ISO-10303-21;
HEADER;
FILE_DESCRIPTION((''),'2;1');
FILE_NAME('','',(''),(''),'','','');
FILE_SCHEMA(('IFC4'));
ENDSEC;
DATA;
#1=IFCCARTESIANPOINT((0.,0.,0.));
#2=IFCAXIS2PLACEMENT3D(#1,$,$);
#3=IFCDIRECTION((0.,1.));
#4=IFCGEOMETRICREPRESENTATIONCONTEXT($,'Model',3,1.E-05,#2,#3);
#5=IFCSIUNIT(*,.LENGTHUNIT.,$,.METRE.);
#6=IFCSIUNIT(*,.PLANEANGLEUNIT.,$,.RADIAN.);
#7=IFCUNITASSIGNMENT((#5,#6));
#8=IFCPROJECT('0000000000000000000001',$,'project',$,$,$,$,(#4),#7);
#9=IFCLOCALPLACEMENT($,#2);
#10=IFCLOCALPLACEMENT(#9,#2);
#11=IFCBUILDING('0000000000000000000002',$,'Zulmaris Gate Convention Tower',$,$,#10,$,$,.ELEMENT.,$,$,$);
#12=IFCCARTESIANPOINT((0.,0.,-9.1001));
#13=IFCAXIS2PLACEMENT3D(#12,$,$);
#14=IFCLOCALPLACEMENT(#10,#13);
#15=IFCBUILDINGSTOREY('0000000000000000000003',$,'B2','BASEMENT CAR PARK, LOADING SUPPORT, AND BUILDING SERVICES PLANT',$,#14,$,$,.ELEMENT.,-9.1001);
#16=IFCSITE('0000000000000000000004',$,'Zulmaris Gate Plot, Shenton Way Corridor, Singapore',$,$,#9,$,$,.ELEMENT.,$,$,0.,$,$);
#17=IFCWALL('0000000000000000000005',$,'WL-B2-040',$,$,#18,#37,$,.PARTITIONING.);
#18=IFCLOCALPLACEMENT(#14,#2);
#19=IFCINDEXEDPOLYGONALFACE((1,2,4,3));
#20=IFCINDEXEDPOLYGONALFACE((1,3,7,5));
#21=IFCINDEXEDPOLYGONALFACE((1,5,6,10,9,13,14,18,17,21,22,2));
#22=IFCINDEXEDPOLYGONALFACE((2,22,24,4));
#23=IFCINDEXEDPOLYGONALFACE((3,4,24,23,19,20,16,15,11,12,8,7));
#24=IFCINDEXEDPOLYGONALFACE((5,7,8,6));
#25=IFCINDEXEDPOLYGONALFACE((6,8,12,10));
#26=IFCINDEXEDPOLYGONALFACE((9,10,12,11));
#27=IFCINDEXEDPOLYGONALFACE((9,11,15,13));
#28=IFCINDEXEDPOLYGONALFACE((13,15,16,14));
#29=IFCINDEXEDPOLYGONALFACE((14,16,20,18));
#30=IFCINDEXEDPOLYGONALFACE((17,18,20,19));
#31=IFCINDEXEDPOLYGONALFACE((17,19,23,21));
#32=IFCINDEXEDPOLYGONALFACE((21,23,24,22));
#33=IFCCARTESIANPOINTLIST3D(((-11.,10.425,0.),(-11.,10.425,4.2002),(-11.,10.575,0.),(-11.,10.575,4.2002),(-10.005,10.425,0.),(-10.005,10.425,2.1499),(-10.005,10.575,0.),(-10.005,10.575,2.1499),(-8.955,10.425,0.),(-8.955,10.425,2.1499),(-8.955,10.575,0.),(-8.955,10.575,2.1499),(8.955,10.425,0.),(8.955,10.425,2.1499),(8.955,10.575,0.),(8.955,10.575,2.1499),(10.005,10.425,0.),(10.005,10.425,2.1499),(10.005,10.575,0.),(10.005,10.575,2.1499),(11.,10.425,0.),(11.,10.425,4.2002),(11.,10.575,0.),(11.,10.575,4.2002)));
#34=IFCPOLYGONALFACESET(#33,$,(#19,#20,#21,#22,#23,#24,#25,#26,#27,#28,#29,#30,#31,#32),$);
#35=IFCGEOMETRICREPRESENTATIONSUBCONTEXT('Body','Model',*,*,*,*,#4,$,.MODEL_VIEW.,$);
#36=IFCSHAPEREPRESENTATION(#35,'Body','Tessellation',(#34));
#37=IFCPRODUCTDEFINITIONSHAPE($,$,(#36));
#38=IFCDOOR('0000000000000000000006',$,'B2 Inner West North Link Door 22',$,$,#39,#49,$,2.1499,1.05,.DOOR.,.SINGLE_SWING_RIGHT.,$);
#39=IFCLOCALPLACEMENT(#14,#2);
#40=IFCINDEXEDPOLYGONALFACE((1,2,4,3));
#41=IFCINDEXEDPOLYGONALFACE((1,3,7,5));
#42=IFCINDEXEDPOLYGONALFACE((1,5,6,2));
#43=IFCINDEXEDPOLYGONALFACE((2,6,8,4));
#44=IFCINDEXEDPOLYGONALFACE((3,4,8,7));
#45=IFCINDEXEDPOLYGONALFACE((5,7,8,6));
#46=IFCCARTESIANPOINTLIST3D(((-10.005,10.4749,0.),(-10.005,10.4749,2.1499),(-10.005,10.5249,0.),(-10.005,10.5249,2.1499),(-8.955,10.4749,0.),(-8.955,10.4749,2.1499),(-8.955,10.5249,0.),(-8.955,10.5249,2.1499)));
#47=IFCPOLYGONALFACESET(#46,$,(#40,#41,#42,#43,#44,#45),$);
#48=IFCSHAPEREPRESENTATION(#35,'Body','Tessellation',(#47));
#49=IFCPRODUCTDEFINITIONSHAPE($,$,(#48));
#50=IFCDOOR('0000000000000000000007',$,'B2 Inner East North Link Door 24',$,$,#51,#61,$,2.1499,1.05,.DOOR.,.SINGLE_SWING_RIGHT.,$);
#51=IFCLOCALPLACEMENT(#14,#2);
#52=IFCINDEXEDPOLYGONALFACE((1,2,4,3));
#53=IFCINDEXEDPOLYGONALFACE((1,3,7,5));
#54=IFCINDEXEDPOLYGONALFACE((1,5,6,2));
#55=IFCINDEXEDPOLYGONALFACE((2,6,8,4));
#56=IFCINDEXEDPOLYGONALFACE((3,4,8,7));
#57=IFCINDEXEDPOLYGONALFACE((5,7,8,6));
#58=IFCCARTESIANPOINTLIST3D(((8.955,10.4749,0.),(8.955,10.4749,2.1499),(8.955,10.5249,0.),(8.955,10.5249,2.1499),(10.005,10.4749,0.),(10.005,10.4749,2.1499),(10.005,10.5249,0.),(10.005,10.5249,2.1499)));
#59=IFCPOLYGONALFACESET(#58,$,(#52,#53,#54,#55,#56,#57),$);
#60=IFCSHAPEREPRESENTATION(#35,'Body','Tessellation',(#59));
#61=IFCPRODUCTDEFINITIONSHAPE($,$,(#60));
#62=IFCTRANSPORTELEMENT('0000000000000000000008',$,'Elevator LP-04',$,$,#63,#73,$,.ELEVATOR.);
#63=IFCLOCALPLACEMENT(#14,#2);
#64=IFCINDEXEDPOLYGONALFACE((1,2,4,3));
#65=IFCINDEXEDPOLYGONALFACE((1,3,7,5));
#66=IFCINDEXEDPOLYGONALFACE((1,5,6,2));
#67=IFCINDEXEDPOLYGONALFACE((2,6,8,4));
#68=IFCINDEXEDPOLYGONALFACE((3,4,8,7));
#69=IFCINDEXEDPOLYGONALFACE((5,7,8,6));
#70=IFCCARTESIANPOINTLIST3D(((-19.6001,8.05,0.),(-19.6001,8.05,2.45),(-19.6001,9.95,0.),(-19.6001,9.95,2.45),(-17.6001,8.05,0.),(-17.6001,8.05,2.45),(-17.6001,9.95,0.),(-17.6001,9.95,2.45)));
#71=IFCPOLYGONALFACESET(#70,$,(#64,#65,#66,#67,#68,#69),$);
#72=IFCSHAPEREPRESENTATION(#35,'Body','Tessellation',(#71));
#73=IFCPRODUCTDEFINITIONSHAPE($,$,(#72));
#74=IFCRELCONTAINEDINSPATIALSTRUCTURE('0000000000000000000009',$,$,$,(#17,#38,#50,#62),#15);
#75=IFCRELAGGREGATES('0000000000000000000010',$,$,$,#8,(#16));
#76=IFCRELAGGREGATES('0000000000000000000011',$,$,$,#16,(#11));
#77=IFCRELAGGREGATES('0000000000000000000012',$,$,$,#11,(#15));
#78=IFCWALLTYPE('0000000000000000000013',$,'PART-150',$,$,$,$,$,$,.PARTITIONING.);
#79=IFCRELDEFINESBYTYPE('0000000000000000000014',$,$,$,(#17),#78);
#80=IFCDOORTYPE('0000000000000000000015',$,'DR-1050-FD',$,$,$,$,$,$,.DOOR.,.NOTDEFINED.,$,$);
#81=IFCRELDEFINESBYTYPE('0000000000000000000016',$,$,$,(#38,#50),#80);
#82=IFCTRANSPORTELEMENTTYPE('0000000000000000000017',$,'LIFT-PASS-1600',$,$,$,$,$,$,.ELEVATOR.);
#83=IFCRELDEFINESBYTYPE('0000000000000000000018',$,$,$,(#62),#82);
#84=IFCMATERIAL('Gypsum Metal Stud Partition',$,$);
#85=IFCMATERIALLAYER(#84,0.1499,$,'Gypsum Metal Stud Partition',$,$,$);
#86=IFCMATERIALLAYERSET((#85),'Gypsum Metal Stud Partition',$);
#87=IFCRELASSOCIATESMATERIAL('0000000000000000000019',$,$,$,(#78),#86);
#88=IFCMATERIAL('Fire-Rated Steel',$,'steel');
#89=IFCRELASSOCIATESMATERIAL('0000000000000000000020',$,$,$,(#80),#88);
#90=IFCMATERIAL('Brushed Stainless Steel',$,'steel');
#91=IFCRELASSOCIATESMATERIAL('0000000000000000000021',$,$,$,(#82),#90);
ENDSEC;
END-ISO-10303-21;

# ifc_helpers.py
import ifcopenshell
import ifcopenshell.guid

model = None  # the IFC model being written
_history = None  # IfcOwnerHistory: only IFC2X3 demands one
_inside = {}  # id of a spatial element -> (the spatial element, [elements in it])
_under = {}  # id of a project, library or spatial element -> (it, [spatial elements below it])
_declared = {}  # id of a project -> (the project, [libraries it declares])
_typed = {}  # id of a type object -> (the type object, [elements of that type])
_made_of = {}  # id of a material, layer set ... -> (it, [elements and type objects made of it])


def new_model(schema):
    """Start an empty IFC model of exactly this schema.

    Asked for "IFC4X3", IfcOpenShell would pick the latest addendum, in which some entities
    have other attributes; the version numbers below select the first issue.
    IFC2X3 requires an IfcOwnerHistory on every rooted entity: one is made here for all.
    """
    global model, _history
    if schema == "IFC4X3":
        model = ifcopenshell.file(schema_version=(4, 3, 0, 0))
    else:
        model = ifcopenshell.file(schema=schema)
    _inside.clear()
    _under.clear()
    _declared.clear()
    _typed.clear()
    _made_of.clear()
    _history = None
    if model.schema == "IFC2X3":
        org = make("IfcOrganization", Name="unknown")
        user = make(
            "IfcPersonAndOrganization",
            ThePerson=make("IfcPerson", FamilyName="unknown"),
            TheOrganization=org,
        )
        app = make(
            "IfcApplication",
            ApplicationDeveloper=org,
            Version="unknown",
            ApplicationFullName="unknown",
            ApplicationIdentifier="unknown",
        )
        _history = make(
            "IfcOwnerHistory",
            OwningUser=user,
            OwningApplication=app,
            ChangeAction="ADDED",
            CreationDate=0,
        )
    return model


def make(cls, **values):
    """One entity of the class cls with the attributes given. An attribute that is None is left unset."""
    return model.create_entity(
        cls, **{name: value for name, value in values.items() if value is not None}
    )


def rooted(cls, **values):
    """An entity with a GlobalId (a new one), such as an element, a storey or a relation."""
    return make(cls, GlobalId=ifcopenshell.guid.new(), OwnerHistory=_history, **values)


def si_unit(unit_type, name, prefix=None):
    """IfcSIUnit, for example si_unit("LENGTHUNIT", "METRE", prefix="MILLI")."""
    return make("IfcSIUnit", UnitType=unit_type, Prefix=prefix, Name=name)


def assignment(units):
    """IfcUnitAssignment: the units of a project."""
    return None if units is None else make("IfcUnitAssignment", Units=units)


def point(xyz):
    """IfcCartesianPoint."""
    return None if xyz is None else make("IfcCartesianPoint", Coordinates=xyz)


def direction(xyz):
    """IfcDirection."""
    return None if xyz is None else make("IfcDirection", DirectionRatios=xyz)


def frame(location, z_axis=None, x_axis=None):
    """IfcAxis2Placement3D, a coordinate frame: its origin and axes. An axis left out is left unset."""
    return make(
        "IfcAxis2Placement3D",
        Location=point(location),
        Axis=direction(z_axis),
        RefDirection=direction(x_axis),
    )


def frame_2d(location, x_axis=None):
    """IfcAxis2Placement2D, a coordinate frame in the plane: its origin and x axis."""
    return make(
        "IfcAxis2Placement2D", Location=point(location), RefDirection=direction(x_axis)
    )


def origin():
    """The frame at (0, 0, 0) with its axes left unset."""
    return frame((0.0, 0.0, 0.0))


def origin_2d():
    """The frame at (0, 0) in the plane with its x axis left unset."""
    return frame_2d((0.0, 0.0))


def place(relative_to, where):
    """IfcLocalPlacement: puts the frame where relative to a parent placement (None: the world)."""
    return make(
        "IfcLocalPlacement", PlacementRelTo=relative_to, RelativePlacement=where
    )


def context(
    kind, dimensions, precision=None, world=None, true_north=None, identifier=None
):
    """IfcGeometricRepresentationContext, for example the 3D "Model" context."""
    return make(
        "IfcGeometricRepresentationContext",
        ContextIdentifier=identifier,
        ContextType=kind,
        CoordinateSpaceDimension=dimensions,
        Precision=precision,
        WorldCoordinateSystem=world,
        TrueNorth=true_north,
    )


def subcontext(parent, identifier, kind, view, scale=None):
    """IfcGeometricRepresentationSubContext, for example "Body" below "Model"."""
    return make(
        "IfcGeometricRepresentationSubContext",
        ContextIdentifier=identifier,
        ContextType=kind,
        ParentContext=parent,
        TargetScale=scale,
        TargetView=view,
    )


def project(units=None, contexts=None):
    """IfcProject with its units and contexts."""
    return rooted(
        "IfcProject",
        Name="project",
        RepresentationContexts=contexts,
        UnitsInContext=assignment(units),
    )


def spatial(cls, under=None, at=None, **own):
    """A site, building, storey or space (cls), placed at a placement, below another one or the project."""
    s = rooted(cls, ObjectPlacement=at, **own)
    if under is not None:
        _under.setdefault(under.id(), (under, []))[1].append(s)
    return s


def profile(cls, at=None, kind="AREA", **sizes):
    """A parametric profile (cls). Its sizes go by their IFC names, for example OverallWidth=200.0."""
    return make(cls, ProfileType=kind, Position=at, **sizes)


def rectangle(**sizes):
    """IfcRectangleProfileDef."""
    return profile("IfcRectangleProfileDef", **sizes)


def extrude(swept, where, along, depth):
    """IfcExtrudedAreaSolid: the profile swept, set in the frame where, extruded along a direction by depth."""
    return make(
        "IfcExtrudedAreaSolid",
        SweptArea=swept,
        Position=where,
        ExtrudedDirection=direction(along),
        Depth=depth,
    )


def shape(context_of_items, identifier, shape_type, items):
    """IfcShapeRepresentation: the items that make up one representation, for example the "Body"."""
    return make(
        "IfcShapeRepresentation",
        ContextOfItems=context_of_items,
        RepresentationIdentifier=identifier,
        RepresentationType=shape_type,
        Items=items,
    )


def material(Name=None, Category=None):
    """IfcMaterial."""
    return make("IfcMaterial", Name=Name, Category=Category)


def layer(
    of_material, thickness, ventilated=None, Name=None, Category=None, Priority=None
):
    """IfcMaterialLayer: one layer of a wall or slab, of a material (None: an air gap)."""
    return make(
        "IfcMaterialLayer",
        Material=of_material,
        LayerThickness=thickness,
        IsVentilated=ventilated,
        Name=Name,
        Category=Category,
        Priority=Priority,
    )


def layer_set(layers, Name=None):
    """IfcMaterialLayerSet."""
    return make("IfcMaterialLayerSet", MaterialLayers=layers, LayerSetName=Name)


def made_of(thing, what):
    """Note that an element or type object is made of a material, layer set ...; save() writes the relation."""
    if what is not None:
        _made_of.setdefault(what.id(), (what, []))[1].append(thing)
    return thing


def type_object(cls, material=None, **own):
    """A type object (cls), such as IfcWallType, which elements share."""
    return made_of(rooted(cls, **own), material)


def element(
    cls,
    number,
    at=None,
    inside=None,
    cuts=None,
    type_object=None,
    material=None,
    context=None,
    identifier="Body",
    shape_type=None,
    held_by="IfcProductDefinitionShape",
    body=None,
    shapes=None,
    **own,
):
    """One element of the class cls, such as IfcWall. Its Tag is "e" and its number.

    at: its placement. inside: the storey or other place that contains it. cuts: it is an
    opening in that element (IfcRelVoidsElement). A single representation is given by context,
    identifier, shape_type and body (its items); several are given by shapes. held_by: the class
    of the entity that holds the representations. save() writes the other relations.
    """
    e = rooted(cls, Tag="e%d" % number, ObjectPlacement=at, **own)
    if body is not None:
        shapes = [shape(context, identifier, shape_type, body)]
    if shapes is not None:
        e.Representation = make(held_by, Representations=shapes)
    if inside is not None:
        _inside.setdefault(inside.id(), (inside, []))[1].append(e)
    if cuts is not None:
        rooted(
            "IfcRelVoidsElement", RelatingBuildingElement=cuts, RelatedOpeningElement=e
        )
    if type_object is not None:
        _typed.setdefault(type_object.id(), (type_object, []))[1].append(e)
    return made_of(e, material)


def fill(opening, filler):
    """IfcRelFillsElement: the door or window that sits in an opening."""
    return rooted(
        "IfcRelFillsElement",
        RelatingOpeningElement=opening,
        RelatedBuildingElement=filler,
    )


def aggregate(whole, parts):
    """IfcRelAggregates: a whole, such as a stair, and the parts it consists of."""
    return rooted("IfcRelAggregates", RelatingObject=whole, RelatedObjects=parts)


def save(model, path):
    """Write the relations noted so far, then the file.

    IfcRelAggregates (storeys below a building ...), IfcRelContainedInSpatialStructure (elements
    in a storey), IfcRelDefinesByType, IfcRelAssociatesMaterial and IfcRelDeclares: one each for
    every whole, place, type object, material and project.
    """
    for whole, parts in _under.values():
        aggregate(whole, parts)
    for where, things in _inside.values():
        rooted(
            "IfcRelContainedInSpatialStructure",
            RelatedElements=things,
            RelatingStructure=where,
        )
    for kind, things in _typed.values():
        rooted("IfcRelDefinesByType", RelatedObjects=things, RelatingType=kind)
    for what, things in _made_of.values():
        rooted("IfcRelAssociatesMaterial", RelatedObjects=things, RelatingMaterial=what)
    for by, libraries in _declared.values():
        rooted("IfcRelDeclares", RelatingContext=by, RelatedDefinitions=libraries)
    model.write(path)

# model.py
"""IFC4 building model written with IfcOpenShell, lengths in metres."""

from ifc_helpers import new_model, si_unit, direction, frame, frame_2d, origin, origin_2d, place, context, subcontext, project, spatial, rectangle, extrude, material, layer, layer_set, type_object, element, fill, save


model = new_model("IFC4")

# Units and contexts
model_context = context("Model", 3, precision=1e-05, world=origin(), true_north=direction((0.0, 1.0)))
body_context = subcontext(model_context, "Body", "Model", "MODEL_VIEW")
ifc_project = project(units=[si_unit("LENGTHUNIT", "METRE"), si_unit("PLANEANGLEUNIT", "RADIAN")], contexts=[model_context])

# Site, building, storey
site_placement = place(None, origin())
site = spatial("IfcSite", under=ifc_project, at=site_placement, Name="Zulmaris Gate Plot, Shenton Way Corridor, Singapore", CompositionType="ELEMENT", RefElevation=0.0)
building_placement = place(site_placement, origin())
building = spatial("IfcBuilding", under=site, at=building_placement, Name="Zulmaris Gate Convention Tower", CompositionType="ELEMENT")
storey_placement = place(building_placement, frame((0.0, 0.0, -9.1001)))
storey = spatial("IfcBuildingStorey", under=building, at=storey_placement, Name="B2", Description="BASEMENT CAR PARK, LOADING SUPPORT, AND BUILDING SERVICES PLANT", CompositionType="ELEMENT", Elevation=-9.1001)

# Shared definitions
ifc_material_1 = material(Name="Brushed Stainless Steel", Category="steel")

# Wall, openings, doors
ifc_material_2 = material(Name="Gypsum Metal Stud Partition")
ifc_layer_1 = layer(ifc_material_2, 0.1499, Name="Gypsum Metal Stud Partition")
ifc_layer_set_1 = layer_set([ifc_layer_1], Name="Gypsum Metal Stud Partition")
wall_type_1 = type_object("IfcWallType", Name="PART-150", PredefinedType="PARTITIONING", material=ifc_layer_set_1)
wall_1_placement = place(storey_placement, frame((-11.0, 10.5, 0.0), z_axis=(0.0, 0.0, 1.0), x_axis=(1.0, 0.0, 0.0)))
wall_1 = element("IfcWall", 1, at=wall_1_placement, inside=storey, type_object=wall_type_1, Name="WL-B2-040", PredefinedType="PARTITIONING", context=body_context, shape_type="SweptSolid", body=[
    extrude(rectangle(XDim=22.0, YDim=0.1499, at=frame_2d((11.0, 0.0))), origin(), (0.0, 0.0, 1.0), 4.2002),
])
opening_1_placement = place(wall_1_placement, frame((0.9951, 0.0, 0.0)))
opening_1 = element("IfcOpeningElement", 2, at=opening_1_placement, cuts=wall_1, PredefinedType="OPENING", context=body_context, shape_type="SweptSolid", body=[
    extrude(rectangle(XDim=1.05, YDim=2.1499, at=frame_2d((0.5249, 1.075))), frame((0.0, 0.085, 0.0), z_axis=(0.0, -1.0, 0.0), x_axis=(1.0, 0.0, 0.0)), (0.0, 0.0, 1.0), 0.1699),
])
opening_2_placement = place(wall_1_placement, frame((19.9551, 0.0, 0.0)))
opening_2 = element("IfcOpeningElement", 3, at=opening_2_placement, cuts=wall_1, PredefinedType="OPENING", context=body_context, shape_type="SweptSolid", body=[
    extrude(rectangle(XDim=1.05, YDim=2.1499, at=frame_2d((0.5249, 1.075))), frame((0.0, 0.085, 0.0), z_axis=(0.0, -1.0, 0.0), x_axis=(1.0, 0.0, 0.0)), (0.0, 0.0, 1.0), 0.1699),
])
ifc_material_3 = material(Name="Fire-Rated Steel", Category="steel")
door_type_1 = type_object("IfcDoorType", Name="DR-1050-FD", OperationType="NOTDEFINED", PredefinedType="DOOR", material=ifc_material_3)
door_1_placement = place(opening_1_placement, origin())
door_1 = element("IfcDoor", 4, at=door_1_placement, inside=storey, type_object=door_type_1, Name="B2 Inner West North Link Door 22", OperationType="SINGLE_SWING_RIGHT", OverallHeight=2.1499, OverallWidth=1.05, PredefinedType="DOOR", context=body_context, shape_type="SweptSolid", body=[
    extrude(rectangle(XDim=1.05, YDim=2.1499, at=frame_2d((0.5249, 1.075))), frame((0.0, 0.0249, 0.0), z_axis=(0.0, -1.0, 0.0), x_axis=(1.0, 0.0, 0.0)), (0.0, 0.0, 1.0), 0.05),
])
fill(opening_1, door_1)
door_2_placement = place(opening_2_placement, origin())
door_2 = element("IfcDoor", 5, at=door_2_placement, inside=storey, type_object=door_type_1, Name="B2 Inner East North Link Door 24", OperationType="SINGLE_SWING_RIGHT", OverallHeight=2.1499, OverallWidth=1.05, PredefinedType="DOOR", context=body_context, shape_type="SweptSolid", body=[
    extrude(rectangle(XDim=1.05, YDim=2.1499, at=frame_2d((0.5249, 1.075))), frame((0.0, 0.0249, 0.0), z_axis=(0.0, -1.0, 0.0), x_axis=(1.0, 0.0, 0.0)), (0.0, 0.0, 1.0), 0.05),
])
fill(opening_2, door_2)

# Transport element
transport_element_type = type_object("IfcTransportElementType", Name="LIFT-PASS-1600", PredefinedType="ELEVATOR", material=ifc_material_1)
transport_element_placement = place(storey_placement, frame((-18.6001, 9.0, 0.0), z_axis=(0.0, 0.0, 1.0), x_axis=(1.0, 0.0, 0.0)))
element("IfcTransportElement", 6, at=transport_element_placement, inside=storey, type_object=transport_element_type, Name="Elevator LP-04", PredefinedType="ELEVATOR", context=body_context, shape_type="SweptSolid", body=[
    extrude(rectangle(XDim=2.0, YDim=1.8999, at=origin_2d()), origin(), (0.0, 0.0, 1.0), 2.45),
])

save(model, "model.ifc")
